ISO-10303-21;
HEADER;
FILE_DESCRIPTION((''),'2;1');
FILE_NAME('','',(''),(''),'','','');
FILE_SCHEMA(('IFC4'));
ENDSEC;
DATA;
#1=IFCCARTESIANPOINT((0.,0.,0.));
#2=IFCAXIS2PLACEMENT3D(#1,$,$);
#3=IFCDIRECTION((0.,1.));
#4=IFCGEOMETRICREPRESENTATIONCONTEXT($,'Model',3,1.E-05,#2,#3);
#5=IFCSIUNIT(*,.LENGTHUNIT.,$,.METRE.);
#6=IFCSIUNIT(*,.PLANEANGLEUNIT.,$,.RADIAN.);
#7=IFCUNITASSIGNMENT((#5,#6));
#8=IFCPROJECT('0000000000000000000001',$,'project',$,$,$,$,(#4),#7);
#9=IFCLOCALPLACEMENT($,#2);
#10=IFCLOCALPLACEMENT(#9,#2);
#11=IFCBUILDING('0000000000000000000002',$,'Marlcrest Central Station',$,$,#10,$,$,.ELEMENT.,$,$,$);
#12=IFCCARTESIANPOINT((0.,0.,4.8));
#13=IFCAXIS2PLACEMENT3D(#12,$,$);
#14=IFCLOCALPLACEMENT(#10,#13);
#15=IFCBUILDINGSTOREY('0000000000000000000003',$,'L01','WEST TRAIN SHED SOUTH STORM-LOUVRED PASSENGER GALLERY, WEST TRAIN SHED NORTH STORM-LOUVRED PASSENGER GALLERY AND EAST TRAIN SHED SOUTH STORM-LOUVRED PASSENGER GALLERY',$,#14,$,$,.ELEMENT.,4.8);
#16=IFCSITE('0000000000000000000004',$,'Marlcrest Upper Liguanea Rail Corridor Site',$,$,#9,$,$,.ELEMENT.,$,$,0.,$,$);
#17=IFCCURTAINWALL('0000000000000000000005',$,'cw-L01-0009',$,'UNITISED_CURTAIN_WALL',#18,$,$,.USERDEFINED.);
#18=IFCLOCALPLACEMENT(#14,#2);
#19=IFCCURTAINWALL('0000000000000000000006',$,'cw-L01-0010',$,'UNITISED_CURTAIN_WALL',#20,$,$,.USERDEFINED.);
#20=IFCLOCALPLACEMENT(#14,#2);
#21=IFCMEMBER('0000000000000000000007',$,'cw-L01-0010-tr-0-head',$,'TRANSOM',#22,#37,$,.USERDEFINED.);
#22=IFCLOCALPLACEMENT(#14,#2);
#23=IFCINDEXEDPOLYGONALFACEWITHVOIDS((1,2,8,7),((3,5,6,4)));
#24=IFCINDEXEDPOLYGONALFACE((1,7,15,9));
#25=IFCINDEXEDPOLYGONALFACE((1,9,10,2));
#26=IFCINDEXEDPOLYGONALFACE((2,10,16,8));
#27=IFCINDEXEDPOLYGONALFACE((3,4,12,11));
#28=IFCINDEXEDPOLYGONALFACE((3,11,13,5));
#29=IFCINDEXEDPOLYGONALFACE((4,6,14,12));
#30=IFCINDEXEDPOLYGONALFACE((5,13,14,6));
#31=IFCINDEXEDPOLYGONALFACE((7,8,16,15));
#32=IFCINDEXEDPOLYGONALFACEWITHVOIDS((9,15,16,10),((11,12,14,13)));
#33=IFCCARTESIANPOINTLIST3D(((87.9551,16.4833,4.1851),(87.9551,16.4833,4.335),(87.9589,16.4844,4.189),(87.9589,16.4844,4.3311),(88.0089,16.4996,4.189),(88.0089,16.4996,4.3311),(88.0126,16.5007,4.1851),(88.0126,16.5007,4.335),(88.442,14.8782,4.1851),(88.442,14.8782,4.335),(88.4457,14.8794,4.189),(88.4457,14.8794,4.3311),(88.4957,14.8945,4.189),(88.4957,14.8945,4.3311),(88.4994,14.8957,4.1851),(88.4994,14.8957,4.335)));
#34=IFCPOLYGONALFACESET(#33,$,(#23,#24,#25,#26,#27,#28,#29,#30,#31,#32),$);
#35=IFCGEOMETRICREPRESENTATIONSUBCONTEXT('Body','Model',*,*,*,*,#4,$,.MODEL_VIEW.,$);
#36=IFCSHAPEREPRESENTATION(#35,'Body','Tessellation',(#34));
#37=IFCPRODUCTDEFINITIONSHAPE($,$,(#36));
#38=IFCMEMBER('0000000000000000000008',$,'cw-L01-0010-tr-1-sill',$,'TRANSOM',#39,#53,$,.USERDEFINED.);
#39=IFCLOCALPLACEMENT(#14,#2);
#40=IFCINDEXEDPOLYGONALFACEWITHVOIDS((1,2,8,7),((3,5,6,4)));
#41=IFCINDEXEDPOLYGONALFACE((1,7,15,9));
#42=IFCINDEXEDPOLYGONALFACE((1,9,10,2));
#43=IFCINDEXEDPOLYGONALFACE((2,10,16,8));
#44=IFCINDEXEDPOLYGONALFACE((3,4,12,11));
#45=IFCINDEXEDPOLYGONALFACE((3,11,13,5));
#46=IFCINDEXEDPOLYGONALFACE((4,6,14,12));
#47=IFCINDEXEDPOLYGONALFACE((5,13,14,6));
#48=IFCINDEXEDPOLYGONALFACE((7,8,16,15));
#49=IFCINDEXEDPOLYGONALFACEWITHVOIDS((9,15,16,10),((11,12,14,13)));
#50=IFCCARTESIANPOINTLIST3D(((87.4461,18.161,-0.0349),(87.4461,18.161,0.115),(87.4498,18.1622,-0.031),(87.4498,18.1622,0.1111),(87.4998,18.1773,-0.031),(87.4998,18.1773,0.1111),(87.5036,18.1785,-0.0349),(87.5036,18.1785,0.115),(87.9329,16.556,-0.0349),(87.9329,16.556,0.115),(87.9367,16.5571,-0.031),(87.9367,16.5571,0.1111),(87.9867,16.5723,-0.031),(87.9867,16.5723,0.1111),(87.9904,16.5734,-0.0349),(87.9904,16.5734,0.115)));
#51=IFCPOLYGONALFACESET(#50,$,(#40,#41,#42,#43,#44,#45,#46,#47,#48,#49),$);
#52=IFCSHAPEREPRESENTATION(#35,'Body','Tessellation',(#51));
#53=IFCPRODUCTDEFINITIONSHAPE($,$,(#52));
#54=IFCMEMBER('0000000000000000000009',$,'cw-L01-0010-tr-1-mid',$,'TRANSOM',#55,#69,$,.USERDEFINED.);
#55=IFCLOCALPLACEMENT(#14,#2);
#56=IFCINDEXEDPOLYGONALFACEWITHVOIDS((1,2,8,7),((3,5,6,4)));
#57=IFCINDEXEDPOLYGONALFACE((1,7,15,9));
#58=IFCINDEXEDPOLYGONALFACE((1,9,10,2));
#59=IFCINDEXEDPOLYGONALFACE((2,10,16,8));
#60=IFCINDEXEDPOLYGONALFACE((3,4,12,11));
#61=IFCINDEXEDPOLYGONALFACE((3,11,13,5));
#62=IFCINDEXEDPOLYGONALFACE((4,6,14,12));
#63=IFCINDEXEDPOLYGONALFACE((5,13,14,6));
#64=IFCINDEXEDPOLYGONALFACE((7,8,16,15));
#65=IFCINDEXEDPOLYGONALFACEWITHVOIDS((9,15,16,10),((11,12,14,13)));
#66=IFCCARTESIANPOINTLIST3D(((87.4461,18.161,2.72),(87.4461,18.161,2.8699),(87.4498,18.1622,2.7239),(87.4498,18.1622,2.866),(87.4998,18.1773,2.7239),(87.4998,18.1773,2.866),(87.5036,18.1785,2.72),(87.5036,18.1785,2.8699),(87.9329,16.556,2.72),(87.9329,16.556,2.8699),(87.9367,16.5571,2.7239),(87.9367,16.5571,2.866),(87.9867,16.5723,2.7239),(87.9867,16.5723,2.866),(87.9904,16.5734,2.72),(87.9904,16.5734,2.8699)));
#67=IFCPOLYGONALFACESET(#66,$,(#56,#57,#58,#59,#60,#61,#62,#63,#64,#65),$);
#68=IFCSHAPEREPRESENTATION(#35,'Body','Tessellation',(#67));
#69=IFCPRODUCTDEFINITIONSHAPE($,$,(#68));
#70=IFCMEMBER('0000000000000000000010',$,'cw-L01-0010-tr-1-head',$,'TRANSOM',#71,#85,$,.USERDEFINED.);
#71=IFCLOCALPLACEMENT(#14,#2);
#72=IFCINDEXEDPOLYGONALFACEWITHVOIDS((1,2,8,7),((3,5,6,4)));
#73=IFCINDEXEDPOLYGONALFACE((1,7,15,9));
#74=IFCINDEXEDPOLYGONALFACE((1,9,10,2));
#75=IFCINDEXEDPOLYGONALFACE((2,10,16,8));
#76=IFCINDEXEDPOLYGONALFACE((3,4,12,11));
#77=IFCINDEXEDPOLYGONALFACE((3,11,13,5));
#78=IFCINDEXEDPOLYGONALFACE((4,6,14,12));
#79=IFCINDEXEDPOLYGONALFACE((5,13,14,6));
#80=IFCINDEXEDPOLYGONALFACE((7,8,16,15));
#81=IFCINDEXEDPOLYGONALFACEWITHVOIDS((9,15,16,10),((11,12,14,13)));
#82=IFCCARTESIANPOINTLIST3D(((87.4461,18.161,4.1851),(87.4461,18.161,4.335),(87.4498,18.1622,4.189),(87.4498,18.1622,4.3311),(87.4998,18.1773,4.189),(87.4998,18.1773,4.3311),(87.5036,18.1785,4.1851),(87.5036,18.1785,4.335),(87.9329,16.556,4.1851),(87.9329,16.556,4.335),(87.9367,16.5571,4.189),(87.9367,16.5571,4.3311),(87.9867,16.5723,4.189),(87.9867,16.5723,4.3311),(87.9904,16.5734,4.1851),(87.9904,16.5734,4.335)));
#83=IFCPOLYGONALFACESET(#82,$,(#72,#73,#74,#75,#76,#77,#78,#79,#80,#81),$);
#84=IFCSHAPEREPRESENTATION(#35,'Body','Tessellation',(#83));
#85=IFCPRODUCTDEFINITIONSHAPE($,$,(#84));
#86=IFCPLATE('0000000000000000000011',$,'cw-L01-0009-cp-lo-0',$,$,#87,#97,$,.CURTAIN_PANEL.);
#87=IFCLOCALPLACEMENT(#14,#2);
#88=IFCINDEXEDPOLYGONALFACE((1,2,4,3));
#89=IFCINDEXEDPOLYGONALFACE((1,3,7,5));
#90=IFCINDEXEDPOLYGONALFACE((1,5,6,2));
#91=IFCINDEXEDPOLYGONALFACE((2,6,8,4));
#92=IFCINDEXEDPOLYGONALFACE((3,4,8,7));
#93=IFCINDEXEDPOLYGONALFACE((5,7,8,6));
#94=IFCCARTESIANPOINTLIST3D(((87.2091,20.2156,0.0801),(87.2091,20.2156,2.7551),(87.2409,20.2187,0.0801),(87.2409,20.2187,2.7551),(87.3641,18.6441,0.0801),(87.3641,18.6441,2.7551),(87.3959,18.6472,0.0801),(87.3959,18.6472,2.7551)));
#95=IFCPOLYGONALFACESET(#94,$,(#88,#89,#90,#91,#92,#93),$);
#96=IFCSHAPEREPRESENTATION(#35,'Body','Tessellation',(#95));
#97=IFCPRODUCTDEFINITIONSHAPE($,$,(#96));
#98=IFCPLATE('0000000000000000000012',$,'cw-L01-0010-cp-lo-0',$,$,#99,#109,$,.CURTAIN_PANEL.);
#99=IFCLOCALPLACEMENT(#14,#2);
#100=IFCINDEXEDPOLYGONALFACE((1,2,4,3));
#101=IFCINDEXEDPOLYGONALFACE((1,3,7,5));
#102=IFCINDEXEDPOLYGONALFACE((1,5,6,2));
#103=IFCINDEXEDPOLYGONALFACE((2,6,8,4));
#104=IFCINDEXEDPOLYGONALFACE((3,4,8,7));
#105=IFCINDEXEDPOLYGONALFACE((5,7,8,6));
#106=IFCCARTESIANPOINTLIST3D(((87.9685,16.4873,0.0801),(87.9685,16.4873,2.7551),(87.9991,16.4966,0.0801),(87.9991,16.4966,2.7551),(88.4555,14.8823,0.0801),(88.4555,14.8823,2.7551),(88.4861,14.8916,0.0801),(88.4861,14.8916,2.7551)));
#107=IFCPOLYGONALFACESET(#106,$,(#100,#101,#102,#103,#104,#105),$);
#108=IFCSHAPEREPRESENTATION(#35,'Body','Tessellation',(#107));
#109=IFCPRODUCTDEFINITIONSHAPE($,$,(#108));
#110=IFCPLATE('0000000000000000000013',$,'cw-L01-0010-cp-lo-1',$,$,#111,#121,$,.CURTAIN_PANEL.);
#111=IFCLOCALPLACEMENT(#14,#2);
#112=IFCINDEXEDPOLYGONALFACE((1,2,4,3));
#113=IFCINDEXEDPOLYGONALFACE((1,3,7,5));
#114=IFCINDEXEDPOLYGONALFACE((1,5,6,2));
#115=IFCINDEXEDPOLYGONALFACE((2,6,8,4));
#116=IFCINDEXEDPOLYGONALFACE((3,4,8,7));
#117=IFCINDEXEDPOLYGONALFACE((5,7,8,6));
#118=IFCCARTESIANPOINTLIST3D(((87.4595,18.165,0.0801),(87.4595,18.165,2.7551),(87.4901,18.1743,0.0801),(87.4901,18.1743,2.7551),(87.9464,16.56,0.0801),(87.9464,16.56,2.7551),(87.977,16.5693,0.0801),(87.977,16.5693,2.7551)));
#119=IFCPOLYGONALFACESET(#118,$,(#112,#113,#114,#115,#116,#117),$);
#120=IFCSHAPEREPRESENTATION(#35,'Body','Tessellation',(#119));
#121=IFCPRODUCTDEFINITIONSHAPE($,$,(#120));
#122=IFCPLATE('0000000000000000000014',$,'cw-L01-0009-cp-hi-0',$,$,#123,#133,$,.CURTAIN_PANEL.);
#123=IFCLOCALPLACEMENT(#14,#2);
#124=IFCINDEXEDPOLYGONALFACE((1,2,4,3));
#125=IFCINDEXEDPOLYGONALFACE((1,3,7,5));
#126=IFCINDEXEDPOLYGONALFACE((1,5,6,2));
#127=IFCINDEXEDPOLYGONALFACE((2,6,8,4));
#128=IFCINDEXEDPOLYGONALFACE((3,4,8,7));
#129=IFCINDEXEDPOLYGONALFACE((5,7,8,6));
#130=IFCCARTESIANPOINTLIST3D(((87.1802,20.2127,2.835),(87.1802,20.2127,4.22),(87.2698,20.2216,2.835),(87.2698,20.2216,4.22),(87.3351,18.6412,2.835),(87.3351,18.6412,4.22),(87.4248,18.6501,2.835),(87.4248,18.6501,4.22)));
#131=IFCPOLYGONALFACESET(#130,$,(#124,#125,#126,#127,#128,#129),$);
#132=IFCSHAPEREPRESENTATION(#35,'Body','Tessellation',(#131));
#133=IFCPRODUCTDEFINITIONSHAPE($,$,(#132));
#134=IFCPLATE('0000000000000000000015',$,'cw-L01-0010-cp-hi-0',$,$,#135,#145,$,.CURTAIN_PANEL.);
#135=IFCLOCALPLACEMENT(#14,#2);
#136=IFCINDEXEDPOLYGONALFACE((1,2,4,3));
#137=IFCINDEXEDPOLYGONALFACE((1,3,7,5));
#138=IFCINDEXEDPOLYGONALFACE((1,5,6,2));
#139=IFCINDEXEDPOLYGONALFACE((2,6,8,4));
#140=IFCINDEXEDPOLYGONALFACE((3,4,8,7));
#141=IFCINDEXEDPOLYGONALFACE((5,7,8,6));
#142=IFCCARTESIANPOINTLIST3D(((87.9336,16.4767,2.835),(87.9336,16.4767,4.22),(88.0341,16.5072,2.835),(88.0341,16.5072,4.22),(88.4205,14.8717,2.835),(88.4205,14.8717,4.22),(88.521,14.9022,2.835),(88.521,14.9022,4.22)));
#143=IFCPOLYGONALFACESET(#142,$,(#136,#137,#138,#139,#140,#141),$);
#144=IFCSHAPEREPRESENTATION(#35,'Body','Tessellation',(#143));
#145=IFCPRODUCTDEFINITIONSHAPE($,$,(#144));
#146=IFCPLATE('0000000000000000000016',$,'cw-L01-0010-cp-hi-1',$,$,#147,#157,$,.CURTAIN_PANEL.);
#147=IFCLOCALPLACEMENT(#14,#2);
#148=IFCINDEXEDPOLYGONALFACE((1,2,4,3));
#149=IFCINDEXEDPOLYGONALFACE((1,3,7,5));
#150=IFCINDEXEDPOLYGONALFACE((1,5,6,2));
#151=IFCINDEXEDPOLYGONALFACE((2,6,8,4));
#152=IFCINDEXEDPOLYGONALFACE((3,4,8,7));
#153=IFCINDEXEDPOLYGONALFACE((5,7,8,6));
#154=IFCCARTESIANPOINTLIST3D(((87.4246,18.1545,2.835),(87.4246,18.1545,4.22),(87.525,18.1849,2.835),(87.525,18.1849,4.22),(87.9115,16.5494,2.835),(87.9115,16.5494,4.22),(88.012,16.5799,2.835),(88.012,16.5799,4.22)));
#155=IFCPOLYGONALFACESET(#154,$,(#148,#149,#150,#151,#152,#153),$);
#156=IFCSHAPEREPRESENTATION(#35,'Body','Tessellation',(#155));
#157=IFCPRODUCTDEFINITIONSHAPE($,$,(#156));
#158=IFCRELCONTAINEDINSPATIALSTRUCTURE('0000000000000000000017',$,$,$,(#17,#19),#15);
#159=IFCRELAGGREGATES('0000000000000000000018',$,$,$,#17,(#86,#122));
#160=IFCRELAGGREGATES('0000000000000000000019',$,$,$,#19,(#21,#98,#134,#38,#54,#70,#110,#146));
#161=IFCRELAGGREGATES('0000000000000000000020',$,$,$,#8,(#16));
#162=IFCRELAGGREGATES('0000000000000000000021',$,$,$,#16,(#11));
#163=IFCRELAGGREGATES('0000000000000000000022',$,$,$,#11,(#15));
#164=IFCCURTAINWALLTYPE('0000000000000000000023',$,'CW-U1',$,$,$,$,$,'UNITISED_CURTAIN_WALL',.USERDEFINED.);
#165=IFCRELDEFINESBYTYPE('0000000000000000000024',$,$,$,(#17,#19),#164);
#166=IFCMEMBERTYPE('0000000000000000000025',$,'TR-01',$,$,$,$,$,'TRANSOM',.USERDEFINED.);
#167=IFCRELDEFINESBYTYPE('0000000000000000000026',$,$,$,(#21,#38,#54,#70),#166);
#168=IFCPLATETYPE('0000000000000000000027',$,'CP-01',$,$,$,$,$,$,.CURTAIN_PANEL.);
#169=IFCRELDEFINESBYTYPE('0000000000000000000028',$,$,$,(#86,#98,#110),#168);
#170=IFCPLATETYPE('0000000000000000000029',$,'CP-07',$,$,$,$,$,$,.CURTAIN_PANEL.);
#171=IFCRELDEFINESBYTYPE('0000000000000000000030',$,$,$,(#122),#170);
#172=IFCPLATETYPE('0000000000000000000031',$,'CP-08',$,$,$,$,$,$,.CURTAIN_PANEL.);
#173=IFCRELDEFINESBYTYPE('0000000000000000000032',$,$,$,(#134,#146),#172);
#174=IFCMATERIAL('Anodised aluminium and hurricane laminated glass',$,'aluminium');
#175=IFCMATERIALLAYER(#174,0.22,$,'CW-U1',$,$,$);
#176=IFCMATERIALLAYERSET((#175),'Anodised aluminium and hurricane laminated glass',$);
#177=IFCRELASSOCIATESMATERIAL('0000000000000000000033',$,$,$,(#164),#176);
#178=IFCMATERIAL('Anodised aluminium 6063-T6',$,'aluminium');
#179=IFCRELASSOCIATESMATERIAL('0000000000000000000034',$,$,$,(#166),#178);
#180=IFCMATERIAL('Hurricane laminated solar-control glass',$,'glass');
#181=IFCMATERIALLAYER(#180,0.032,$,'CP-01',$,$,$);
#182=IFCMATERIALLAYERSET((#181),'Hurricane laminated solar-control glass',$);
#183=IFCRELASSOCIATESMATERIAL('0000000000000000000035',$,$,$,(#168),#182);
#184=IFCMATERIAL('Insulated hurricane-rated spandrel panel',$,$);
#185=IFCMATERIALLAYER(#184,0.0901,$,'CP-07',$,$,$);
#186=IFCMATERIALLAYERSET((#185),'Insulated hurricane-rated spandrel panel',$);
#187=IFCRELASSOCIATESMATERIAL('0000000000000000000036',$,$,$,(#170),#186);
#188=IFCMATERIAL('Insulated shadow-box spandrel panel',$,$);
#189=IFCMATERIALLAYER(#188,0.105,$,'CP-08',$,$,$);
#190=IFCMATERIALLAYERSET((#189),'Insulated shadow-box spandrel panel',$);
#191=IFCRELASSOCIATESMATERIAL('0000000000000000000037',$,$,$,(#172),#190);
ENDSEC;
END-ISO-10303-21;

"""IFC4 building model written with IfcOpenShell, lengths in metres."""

from ifc_helpers import new_model, si_unit, direction, frame, origin, origin_2d, place, context, subcontext, project, spatial, rectangle, hollow_rectangle, extrude, material, layer, layer_set, material_profile, profile_set, type_object, element, aggregate, save


model = new_model("IFC4")

# Units and contexts
model_context = context("Model", 3, precision=1e-05, world=origin(), true_north=direction((0.0, 1.0)))
body_context = subcontext(model_context, "Body", "Model", "MODEL_VIEW")
ifc_project = project(units=[si_unit("LENGTHUNIT", "METRE"), si_unit("PLANEANGLEUNIT", "RADIAN")], contexts=[model_context])

# Site, building, storey
site_placement = place(None, origin())
site = spatial("IfcSite", under=ifc_project, at=site_placement, Name="Marlcrest Upper Liguanea Rail Corridor Site", CompositionType="ELEMENT", RefElevation=0.0)
building_placement = place(site_placement, origin())
building = spatial("IfcBuilding", under=site, at=building_placement, Name="Marlcrest Central Station", CompositionType="ELEMENT")
storey_placement = place(building_placement, frame((0.0, 0.0, 4.8)))
storey = spatial("IfcBuildingStorey", under=building, at=storey_placement, Name="L01", Description="WEST TRAIN SHED SOUTH STORM-LOUVRED PASSENGER GALLERY, WEST TRAIN SHED NORTH STORM-LOUVRED PASSENGER GALLERY AND EAST TRAIN SHED SOUTH STORM-LOUVRED PASSENGER GALLERY", CompositionType="ELEMENT", Elevation=4.8)

# Curtain walls
ifc_material_1 = material(Name="Anodised aluminium and hurricane laminated glass", Category="aluminium")
ifc_layer_1 = layer(ifc_material_1, 0.22, Name="CW-U1")
ifc_layer_set_1 = layer_set([ifc_layer_1], Name="Anodised aluminium and hurricane laminated glass")
curtain_wall_type = type_object("IfcCurtainWallType", Name="CW-U1", ElementType="UNITISED_CURTAIN_WALL", PredefinedType="USERDEFINED", material=ifc_layer_set_1)
curtain_wall_1_placement = place(storey_placement, origin())
curtain_wall_1 = element("IfcCurtainWall", 1, at=curtain_wall_1_placement, inside=storey, type_object=curtain_wall_type, Name="cw-L01-0009", ObjectType="UNITISED_CURTAIN_WALL", PredefinedType="USERDEFINED")
ifc_material_2 = material(Name="Anodised aluminium 6063-T6", Category="aluminium")
curtain_wall_2_placement = place(storey_placement, origin())
curtain_wall_2 = element("IfcCurtainWall", 2, at=curtain_wall_2_placement, inside=storey, type_object=curtain_wall_type, Name="cw-L01-0010", ObjectType="UNITISED_CURTAIN_WALL", PredefinedType="USERDEFINED")

# Members
ifc_material_profile_1 = material_profile(ifc_material_2, hollow_rectangle(XDim=0.0601, YDim=0.1499, WallThickness=0.0039, at=origin_2d()), Name="AA-RHS 150x60x4")
ifc_profile_set_1 = profile_set([ifc_material_profile_1], Name="Anodised aluminium 6063-T6")
member_type_1 = type_object("IfcMemberType", Name="TR-01", ElementType="TRANSOM", PredefinedType="USERDEFINED", material=ifc_profile_set_1)
member_1_placement = place(storey_placement, frame((88.4707, 14.887, 4.26), z_axis=(-0.290258, 0.956948, 0.0), x_axis=(-0.956948, -0.290258, 0.0)))
member_1 = element("IfcMember", 3, at=member_1_placement, type_object=member_type_1, Name="cw-L01-0010-tr-0-head", ObjectType="TRANSOM", PredefinedType="USERDEFINED", context=body_context, shape_type="SweptSolid", body=[
    extrude(hollow_rectangle(XDim=0.0601, YDim=0.1499, WallThickness=0.0039, at=origin_2d()), origin(), (0.0, 0.0, 1.0), 1.6772),
])
member_2_placement = place(storey_placement, frame((87.9617, 16.5647, 0.04), z_axis=(-0.290258, 0.956948, 0.0), x_axis=(-0.956948, -0.290258, 0.0)))
member_2 = element("IfcMember", 4, at=member_2_placement, type_object=member_type_1, Name="cw-L01-0010-tr-1-sill", ObjectType="TRANSOM", PredefinedType="USERDEFINED", context=body_context, shape_type="SweptSolid", body=[
    extrude(hollow_rectangle(XDim=0.0601, YDim=0.1499, WallThickness=0.0039, at=origin_2d()), origin(), (0.0, 0.0, 1.0), 1.6772),
])
member_3_placement = place(storey_placement, frame((87.9617, 16.5647, 2.7949), z_axis=(-0.290258, 0.956948, 0.0), x_axis=(-0.956948, -0.290258, 0.0)))
member_3 = element("IfcMember", 5, at=member_3_placement, type_object=member_type_1, Name="cw-L01-0010-tr-1-mid", ObjectType="TRANSOM", PredefinedType="USERDEFINED", context=body_context, shape_type="SweptSolid", body=[
    extrude(hollow_rectangle(XDim=0.0601, YDim=0.1499, WallThickness=0.0039, at=origin_2d()), origin(), (0.0, 0.0, 1.0), 1.6772),
])
member_4_placement = place(storey_placement, frame((87.9617, 16.5647, 4.26), z_axis=(-0.290258, 0.956948, 0.0), x_axis=(-0.956948, -0.290258, 0.0)))
member_4 = element("IfcMember", 6, at=member_4_placement, type_object=member_type_1, Name="cw-L01-0010-tr-1-head", ObjectType="TRANSOM", PredefinedType="USERDEFINED", context=body_context, shape_type="SweptSolid", body=[
    extrude(hollow_rectangle(XDim=0.0601, YDim=0.1499, WallThickness=0.0039, at=origin_2d()), origin(), (0.0, 0.0, 1.0), 1.6772),
])

# Plates
ifc_material_3 = material(Name="Hurricane laminated solar-control glass", Category="glass")
ifc_layer_2 = layer(ifc_material_3, 0.032, Name="CP-01")
ifc_layer_set_2 = layer_set([ifc_layer_2], Name="Hurricane laminated solar-control glass")
plate_type_1 = type_object("IfcPlateType", Name="CP-01", PredefinedType="CURTAIN_PANEL", material=ifc_layer_set_2)
plate_1_placement = place(storey_placement, frame((87.3025, 19.4314, 0.0801), z_axis=(0.0, 0.0, 1.0), x_axis=(-0.098139, 0.995173, 0.0)))
plate_1 = element("IfcPlate", 7, at=plate_1_placement, type_object=plate_type_1, Name="cw-L01-0009-cp-lo-0", PredefinedType="CURTAIN_PANEL", context=body_context, shape_type="SweptSolid", body=[
    extrude(rectangle(XDim=1.5791, YDim=0.032, at=origin_2d()), origin(), (0.0, 0.0, 1.0), 2.675),
])
plate_2_placement = place(storey_placement, frame((88.2273, 15.6895, 0.0801), z_axis=(0.0, 0.0, 1.0), x_axis=(-0.290318, 0.95693, 0.0)))
plate_2 = element("IfcPlate", 8, at=plate_2_placement, type_object=plate_type_1, Name="cw-L01-0010-cp-lo-0", PredefinedType="CURTAIN_PANEL", context=body_context, shape_type="SweptSolid", body=[
    extrude(rectangle(XDim=1.6772, YDim=0.032, at=origin_2d()), origin(), (0.0, 0.0, 1.0), 2.675),
])
plate_3_placement = place(storey_placement, frame((87.7183, 17.3672, 0.0801), z_axis=(0.0, 0.0, 1.0), x_axis=(-0.290318, 0.95693, 0.0)))
plate_3 = element("IfcPlate", 9, at=plate_3_placement, type_object=plate_type_1, Name="cw-L01-0010-cp-lo-1", PredefinedType="CURTAIN_PANEL", context=body_context, shape_type="SweptSolid", body=[
    extrude(rectangle(XDim=1.6772, YDim=0.032, at=origin_2d()), origin(), (0.0, 0.0, 1.0), 2.675),
])
ifc_material_4 = material(Name="Insulated hurricane-rated spandrel panel")
ifc_layer_3 = layer(ifc_material_4, 0.0901, Name="CP-07")
ifc_layer_set_3 = layer_set([ifc_layer_3], Name="Insulated hurricane-rated spandrel panel")
plate_type_2 = type_object("IfcPlateType", Name="CP-07", PredefinedType="CURTAIN_PANEL", material=ifc_layer_set_3)
plate_4_placement = place(storey_placement, frame((87.3025, 19.4314, 2.835), z_axis=(0.0, 0.0, 1.0), x_axis=(-0.098139, 0.995173, 0.0)))
plate_4 = element("IfcPlate", 10, at=plate_4_placement, type_object=plate_type_2, Name="cw-L01-0009-cp-hi-0", PredefinedType="CURTAIN_PANEL", context=body_context, shape_type="SweptSolid", body=[
    extrude(rectangle(XDim=1.5791, YDim=0.0901, at=origin_2d()), origin(), (0.0, 0.0, 1.0), 1.385),
])
aggregate(curtain_wall_1, [plate_1, plate_4])
ifc_material_5 = material(Name="Insulated shadow-box spandrel panel")
ifc_layer_4 = layer(ifc_material_5, 0.105, Name="CP-08")
ifc_layer_set_4 = layer_set([ifc_layer_4], Name="Insulated shadow-box spandrel panel")
plate_type_3 = type_object("IfcPlateType", Name="CP-08", PredefinedType="CURTAIN_PANEL", material=ifc_layer_set_4)
plate_5_placement = place(storey_placement, frame((88.2273, 15.6895, 2.835), z_axis=(0.0, 0.0, 1.0), x_axis=(-0.290318, 0.95693, 0.0)))
plate_5 = element("IfcPlate", 11, at=plate_5_placement, type_object=plate_type_3, Name="cw-L01-0010-cp-hi-0", PredefinedType="CURTAIN_PANEL", context=body_context, shape_type="SweptSolid", body=[
    extrude(rectangle(XDim=1.6772, YDim=0.105, at=origin_2d()), origin(), (0.0, 0.0, 1.0), 1.385),
])
plate_6_placement = place(storey_placement, frame((87.7183, 17.3672, 2.835), z_axis=(0.0, 0.0, 1.0), x_axis=(-0.290318, 0.95693, 0.0)))
plate_6 = element("IfcPlate", 12, at=plate_6_placement, type_object=plate_type_3, Name="cw-L01-0010-cp-hi-1", PredefinedType="CURTAIN_PANEL", context=body_context, shape_type="SweptSolid", body=[
    extrude(rectangle(XDim=1.6772, YDim=0.105, at=origin_2d()), origin(), (0.0, 0.0, 1.0), 1.385),
])
aggregate(curtain_wall_2, [member_1, plate_2, plate_5, member_2, member_3, member_4, plate_3, plate_6])

save(model, "model.ifc")
